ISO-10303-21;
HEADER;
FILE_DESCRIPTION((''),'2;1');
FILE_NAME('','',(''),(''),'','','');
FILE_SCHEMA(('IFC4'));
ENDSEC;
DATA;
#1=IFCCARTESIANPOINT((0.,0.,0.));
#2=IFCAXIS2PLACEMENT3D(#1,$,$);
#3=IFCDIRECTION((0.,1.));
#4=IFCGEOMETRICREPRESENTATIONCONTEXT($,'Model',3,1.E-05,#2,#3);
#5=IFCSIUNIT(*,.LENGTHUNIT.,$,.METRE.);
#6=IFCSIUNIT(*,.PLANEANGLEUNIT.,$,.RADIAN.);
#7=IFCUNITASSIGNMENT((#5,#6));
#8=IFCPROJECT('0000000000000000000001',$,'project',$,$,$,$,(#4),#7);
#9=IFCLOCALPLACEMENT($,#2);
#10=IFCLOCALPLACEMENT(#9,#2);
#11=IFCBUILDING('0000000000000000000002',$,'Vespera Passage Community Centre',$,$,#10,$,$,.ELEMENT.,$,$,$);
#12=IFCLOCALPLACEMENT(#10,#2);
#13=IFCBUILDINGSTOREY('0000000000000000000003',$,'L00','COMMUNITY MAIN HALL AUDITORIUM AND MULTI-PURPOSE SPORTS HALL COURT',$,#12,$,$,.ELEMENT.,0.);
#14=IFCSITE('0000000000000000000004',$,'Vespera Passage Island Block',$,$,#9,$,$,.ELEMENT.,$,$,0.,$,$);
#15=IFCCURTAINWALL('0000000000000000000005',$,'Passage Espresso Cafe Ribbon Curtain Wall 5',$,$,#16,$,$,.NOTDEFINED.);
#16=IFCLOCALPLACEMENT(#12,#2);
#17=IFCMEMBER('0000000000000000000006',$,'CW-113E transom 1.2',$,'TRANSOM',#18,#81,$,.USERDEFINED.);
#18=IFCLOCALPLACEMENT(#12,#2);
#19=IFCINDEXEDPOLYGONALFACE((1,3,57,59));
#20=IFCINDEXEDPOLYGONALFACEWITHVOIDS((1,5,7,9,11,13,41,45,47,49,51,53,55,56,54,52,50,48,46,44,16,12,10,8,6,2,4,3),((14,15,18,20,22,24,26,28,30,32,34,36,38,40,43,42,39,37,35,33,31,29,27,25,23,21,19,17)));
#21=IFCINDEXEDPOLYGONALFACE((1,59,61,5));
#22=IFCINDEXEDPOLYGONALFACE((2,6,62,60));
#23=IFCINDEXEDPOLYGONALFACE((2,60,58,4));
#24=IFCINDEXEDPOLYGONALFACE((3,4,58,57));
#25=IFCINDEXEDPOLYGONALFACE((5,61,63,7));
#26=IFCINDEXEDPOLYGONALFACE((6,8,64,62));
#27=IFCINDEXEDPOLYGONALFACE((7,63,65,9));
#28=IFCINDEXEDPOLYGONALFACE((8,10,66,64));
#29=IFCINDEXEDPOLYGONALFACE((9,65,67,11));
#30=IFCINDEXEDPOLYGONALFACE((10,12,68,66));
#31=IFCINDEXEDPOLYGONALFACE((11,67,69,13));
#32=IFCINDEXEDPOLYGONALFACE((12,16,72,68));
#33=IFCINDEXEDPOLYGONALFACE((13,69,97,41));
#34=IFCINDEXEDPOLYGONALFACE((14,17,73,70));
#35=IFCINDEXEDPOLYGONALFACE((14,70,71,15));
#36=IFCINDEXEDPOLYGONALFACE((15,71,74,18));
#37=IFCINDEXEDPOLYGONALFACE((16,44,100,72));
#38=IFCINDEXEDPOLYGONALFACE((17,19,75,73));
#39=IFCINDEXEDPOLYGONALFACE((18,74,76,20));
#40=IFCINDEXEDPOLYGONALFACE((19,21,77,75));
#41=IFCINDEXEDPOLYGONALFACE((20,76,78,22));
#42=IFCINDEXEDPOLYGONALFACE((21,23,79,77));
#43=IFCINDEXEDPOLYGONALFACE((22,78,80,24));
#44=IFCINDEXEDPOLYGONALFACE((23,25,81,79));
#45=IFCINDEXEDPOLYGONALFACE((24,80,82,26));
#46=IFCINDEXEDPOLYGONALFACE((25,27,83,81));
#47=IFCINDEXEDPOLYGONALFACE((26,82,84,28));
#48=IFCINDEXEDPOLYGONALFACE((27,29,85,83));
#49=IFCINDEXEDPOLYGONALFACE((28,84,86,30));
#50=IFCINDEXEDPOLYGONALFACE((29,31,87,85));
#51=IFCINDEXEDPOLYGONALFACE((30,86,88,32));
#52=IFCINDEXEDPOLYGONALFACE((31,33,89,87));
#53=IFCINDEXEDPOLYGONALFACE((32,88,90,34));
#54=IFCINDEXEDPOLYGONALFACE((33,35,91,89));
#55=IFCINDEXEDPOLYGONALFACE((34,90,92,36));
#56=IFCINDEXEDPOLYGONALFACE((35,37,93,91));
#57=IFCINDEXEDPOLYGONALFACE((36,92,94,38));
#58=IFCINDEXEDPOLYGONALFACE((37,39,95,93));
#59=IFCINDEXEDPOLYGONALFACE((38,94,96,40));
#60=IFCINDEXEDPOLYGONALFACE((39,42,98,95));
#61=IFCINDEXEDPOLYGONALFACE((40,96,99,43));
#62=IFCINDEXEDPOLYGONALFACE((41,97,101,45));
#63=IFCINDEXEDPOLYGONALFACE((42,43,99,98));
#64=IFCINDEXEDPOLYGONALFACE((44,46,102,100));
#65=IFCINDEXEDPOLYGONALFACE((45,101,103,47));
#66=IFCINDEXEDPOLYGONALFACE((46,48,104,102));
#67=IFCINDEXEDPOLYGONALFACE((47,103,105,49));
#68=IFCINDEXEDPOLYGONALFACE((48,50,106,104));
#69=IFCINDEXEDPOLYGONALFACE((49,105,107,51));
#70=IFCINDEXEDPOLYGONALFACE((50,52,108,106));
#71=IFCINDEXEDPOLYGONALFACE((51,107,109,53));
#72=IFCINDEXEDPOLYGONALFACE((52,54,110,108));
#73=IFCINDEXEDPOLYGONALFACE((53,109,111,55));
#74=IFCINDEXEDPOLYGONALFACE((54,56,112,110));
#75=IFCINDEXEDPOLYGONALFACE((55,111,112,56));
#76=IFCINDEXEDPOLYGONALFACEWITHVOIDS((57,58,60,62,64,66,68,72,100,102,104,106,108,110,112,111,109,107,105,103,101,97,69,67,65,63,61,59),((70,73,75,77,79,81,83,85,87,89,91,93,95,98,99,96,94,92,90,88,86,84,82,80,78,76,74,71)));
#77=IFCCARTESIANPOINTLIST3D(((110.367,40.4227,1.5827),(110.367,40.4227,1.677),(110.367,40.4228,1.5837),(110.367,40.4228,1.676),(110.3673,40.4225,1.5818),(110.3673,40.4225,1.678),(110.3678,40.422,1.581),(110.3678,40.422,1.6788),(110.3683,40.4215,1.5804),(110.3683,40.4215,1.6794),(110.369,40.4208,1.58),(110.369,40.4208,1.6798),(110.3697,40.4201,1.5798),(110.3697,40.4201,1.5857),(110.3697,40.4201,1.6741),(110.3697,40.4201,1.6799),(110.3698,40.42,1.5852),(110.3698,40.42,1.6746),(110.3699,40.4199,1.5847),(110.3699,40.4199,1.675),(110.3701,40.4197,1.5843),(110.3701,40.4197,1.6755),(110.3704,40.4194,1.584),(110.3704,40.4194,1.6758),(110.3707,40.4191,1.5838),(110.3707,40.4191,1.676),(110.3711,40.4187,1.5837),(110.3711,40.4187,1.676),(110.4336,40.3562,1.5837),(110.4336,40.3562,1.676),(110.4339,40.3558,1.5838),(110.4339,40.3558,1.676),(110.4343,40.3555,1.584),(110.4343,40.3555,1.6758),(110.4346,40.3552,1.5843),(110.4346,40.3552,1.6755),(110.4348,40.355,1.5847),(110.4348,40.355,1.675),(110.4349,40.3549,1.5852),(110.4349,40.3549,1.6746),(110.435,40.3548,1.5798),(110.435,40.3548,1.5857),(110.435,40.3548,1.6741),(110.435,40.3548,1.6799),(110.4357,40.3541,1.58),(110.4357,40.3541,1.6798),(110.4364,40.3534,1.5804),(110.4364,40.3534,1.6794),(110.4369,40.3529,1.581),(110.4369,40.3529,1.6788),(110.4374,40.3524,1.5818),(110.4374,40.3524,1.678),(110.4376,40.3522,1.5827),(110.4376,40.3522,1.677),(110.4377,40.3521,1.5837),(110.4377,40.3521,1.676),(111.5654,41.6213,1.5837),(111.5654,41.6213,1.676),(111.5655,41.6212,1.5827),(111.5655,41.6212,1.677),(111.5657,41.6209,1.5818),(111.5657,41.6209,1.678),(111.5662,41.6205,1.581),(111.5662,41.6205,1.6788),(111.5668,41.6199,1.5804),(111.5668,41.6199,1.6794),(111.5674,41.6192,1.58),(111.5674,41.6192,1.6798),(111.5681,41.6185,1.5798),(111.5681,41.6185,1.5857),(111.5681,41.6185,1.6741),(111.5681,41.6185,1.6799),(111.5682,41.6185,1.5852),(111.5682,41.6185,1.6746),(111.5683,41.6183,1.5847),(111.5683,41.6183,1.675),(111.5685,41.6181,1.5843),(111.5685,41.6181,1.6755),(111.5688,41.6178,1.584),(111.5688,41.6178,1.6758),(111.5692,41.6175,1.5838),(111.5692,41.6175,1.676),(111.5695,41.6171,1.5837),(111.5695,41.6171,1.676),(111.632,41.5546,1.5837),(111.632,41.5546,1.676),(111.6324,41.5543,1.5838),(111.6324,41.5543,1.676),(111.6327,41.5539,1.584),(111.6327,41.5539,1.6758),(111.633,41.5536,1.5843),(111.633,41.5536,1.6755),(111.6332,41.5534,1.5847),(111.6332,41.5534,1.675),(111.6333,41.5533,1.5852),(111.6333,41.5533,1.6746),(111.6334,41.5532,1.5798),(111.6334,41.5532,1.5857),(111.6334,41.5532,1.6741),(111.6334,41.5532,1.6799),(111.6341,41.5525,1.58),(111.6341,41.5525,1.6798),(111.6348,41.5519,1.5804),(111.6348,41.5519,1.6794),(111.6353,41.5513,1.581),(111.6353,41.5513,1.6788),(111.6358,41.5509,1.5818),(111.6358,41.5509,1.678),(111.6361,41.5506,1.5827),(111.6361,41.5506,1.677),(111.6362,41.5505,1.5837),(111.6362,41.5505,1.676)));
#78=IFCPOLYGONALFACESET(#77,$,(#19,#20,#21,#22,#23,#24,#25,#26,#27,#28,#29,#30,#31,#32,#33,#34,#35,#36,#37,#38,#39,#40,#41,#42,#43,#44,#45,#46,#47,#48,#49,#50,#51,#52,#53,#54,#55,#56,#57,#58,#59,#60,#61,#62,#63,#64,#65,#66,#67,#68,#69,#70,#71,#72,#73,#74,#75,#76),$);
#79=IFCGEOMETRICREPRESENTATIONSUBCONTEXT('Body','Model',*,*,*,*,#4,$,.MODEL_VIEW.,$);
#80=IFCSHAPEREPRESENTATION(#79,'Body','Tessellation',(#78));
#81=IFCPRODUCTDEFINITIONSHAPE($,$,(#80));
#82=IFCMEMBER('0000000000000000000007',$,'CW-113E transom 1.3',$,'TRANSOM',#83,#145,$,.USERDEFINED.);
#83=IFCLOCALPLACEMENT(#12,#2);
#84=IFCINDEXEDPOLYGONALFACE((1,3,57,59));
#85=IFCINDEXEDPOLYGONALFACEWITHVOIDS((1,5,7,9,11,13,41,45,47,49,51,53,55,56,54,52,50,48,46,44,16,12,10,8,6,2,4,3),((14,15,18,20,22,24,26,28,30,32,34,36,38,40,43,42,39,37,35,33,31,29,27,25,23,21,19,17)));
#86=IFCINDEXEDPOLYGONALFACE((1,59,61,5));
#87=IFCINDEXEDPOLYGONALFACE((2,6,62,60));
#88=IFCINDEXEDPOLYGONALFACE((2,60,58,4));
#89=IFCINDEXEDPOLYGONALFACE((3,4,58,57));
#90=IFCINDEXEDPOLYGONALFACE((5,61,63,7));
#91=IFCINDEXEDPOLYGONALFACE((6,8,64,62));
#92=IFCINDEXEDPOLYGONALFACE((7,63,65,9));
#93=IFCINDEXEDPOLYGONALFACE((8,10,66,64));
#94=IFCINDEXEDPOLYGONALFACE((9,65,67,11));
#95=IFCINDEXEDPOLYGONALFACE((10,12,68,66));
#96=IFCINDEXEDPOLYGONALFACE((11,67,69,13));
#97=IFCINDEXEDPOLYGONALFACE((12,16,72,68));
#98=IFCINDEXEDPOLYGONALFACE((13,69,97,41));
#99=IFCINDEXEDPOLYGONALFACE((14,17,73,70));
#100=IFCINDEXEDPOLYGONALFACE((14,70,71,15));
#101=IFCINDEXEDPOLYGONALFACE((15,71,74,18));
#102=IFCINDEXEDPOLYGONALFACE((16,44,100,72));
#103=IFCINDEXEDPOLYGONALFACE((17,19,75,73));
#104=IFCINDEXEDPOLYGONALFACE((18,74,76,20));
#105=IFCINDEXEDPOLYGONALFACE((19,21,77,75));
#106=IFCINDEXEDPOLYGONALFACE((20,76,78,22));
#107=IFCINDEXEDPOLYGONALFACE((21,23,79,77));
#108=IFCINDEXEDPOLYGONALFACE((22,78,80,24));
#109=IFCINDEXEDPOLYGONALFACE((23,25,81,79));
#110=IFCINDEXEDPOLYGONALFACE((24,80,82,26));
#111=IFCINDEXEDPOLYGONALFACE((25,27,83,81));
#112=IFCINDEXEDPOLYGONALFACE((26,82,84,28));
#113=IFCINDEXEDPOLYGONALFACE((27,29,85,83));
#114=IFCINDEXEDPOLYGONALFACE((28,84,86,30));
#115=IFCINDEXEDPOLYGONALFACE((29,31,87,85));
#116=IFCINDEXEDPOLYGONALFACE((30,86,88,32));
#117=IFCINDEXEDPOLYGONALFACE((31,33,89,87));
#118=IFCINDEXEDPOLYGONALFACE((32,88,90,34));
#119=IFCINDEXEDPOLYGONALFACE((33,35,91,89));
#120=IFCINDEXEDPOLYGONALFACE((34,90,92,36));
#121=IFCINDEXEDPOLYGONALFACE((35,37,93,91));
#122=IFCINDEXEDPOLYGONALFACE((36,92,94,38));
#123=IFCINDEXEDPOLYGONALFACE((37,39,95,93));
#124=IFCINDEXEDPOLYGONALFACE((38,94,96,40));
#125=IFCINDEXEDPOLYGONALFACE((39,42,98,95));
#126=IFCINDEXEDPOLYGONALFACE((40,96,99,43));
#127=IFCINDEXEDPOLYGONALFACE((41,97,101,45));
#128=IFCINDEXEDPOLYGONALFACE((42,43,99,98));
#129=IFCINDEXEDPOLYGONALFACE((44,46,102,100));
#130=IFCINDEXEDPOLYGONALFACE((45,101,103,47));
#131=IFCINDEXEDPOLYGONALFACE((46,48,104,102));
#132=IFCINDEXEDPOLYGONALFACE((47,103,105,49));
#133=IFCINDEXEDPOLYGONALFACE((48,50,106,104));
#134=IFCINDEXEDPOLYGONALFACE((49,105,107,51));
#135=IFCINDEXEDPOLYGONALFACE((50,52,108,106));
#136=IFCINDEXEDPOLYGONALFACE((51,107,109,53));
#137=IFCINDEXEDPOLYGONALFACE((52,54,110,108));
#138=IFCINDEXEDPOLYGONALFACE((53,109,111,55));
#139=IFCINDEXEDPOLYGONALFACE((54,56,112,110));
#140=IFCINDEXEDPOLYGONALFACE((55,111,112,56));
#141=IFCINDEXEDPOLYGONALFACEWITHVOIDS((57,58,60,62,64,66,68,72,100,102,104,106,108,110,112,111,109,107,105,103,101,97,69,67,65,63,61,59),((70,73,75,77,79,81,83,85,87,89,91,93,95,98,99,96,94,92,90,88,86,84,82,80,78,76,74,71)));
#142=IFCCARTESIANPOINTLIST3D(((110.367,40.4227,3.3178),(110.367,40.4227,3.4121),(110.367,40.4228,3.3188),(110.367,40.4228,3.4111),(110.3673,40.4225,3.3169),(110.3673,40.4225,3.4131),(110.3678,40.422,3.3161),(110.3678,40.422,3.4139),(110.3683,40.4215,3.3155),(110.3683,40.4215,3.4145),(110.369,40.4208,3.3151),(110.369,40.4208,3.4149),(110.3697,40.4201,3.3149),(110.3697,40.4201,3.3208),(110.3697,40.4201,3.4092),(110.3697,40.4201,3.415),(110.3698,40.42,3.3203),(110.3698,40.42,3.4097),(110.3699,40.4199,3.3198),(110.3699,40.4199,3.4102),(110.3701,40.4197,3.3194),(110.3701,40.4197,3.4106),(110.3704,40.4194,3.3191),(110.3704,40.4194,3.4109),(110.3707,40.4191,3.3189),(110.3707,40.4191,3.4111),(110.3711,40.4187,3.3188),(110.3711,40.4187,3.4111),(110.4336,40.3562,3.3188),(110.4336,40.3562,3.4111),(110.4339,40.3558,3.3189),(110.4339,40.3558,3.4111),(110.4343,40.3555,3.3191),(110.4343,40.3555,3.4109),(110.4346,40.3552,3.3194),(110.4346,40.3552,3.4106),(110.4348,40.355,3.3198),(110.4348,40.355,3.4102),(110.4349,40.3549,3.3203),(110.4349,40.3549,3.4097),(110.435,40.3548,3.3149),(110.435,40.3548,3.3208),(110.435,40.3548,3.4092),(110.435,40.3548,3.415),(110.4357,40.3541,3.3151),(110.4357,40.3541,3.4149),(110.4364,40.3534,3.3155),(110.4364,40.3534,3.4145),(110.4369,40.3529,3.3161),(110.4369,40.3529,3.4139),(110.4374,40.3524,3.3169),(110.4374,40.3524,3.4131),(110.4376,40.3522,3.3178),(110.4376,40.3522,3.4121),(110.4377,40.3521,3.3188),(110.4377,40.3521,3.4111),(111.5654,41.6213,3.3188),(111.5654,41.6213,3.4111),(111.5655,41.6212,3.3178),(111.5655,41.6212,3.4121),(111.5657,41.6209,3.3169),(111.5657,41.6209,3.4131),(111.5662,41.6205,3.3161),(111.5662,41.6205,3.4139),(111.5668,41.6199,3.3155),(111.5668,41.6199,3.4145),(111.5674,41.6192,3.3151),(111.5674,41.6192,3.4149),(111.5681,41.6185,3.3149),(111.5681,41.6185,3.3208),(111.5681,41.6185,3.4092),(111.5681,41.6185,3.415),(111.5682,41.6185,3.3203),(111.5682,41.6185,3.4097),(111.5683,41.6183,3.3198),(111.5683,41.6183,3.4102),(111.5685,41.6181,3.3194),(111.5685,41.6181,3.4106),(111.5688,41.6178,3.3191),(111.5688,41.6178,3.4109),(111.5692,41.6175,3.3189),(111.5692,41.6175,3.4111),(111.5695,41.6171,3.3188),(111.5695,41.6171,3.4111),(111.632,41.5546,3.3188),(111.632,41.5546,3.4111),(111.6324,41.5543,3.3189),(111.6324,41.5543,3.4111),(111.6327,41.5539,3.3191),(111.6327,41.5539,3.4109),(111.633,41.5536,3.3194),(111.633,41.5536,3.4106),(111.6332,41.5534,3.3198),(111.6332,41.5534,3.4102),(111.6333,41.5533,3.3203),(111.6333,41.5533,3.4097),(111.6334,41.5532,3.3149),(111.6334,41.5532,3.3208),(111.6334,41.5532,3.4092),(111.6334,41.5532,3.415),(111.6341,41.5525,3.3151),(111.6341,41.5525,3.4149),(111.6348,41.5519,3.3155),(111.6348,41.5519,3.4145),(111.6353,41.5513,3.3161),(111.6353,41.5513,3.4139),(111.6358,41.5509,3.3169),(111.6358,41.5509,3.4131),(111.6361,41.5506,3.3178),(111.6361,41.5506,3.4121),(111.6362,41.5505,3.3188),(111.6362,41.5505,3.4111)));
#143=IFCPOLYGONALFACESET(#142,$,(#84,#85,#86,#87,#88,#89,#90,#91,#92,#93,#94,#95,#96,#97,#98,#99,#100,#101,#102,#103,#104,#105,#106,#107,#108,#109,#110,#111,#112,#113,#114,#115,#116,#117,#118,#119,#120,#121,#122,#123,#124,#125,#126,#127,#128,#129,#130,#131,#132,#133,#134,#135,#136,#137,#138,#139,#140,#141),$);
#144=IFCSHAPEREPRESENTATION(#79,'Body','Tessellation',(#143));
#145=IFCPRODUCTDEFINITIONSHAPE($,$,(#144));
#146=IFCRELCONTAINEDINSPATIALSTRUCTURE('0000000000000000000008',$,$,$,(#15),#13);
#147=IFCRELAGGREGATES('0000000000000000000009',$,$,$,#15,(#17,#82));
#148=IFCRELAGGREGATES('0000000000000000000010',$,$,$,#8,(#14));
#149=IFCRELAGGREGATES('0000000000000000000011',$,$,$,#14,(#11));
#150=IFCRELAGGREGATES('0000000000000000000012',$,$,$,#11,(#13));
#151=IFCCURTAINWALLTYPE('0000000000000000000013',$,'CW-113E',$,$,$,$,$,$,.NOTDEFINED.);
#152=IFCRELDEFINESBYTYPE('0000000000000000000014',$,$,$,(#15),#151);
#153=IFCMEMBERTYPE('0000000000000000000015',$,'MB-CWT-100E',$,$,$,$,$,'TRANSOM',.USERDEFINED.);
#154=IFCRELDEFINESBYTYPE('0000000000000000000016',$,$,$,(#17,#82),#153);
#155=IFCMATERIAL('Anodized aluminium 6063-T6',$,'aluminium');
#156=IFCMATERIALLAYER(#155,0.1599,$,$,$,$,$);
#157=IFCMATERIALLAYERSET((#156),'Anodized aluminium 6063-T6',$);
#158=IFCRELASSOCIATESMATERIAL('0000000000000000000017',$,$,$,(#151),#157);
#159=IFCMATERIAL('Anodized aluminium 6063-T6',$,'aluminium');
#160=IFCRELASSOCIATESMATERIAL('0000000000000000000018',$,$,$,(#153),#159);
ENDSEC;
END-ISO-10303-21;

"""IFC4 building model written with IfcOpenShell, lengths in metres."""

from ifc_helpers import new_model, si_unit, direction, frame, origin, origin_2d, place, context, subcontext, project, spatial, hollow_rectangle, extrude, material, layer, layer_set, material_profile, profile_set, type_object, element, aggregate, save


model = new_model("IFC4")

# Units and contexts
model_context = context("Model", 3, precision=1e-05, world=origin(), true_north=direction((0.0, 1.0)))
body_context = subcontext(model_context, "Body", "Model", "MODEL_VIEW")
ifc_project = project(units=[si_unit("LENGTHUNIT", "METRE"), si_unit("PLANEANGLEUNIT", "RADIAN")], contexts=[model_context])

# Site, building, storey
site_placement = place(None, origin())
site = spatial("IfcSite", under=ifc_project, at=site_placement, Name="Vespera Passage Island Block", CompositionType="ELEMENT", RefElevation=0.0)
building_placement = place(site_placement, origin())
building = spatial("IfcBuilding", under=site, at=building_placement, Name="Vespera Passage Community Centre", CompositionType="ELEMENT")
storey_placement = place(building_placement, origin())
storey = spatial("IfcBuildingStorey", under=building, at=storey_placement, Name="L00", Description="COMMUNITY MAIN HALL AUDITORIUM AND MULTI-PURPOSE SPORTS HALL COURT", CompositionType="ELEMENT", Elevation=0.0)

# Curtain wall, members
ifc_material_1 = material(Name="Anodized aluminium 6063-T6", Category="aluminium")
ifc_layer_1 = layer(ifc_material_1, 0.1599)
ifc_layer_set_1 = layer_set([ifc_layer_1], Name="Anodized aluminium 6063-T6")
curtain_wall_type = type_object("IfcCurtainWallType", Name="CW-113E", PredefinedType="NOTDEFINED", material=ifc_layer_set_1)
curtain_wall_placement = place(storey_placement, origin())
curtain_wall = element("IfcCurtainWall", 1, at=curtain_wall_placement, inside=storey, type_object=curtain_wall_type, Name="Passage Espresso Cafe Ribbon Curtain Wall 5", PredefinedType="NOTDEFINED")
ifc_material_2 = material(Name="Anodized aluminium 6063-T6", Category="aluminium")
ifc_material_profile_1 = material_profile(ifc_material_2, hollow_rectangle(XDim=0.1001, YDim=0.1001, WallThickness=0.0039, InnerFilletRadius=0.002, OuterFilletRadius=0.0039, at=origin_2d()), Name="ALU100X100X4")
ifc_profile_set_1 = profile_set([ifc_material_profile_1], Name="Anodized aluminium 6063-T6")
member_type_1 = type_object("IfcMemberType", Name="MB-CWT-100E", ElementType="TRANSOM", PredefinedType="USERDEFINED", material=ifc_profile_set_1)
member_1_placement = place(storey_placement, frame((110.4023, 40.3875, 1.6299), z_axis=(0.707107, 0.707107, 0.0), x_axis=(-0.707107, 0.707107, 0.0)))
member_1 = element("IfcMember", 2, at=member_1_placement, type_object=member_type_1, Name="CW-113E transom 1.2", ObjectType="TRANSOM", PredefinedType="USERDEFINED", context=body_context, shape_type="SweptSolid", body=[
    extrude(hollow_rectangle(XDim=0.1001, YDim=0.1001, WallThickness=0.0039, InnerFilletRadius=0.002, OuterFilletRadius=0.0039, at=origin_2d()), origin(), (0.0, 0.0, 1.0), 1.6948),
])
member_2_placement = place(storey_placement, frame((110.4023, 40.3875, 3.365), z_axis=(0.707107, 0.707107, 0.0), x_axis=(-0.707107, 0.707107, 0.0)))
member_2 = element("IfcMember", 3, at=member_2_placement, type_object=member_type_1, Name="CW-113E transom 1.3", ObjectType="TRANSOM", PredefinedType="USERDEFINED", context=body_context, shape_type="SweptSolid", body=[
    extrude(hollow_rectangle(XDim=0.1001, YDim=0.1001, WallThickness=0.0039, InnerFilletRadius=0.002, OuterFilletRadius=0.0039, at=origin_2d()), origin(), (0.0, 0.0, 1.0), 1.6948),
])
aggregate(curtain_wall, [member_1, member_2])

save(model, "model.ifc")
